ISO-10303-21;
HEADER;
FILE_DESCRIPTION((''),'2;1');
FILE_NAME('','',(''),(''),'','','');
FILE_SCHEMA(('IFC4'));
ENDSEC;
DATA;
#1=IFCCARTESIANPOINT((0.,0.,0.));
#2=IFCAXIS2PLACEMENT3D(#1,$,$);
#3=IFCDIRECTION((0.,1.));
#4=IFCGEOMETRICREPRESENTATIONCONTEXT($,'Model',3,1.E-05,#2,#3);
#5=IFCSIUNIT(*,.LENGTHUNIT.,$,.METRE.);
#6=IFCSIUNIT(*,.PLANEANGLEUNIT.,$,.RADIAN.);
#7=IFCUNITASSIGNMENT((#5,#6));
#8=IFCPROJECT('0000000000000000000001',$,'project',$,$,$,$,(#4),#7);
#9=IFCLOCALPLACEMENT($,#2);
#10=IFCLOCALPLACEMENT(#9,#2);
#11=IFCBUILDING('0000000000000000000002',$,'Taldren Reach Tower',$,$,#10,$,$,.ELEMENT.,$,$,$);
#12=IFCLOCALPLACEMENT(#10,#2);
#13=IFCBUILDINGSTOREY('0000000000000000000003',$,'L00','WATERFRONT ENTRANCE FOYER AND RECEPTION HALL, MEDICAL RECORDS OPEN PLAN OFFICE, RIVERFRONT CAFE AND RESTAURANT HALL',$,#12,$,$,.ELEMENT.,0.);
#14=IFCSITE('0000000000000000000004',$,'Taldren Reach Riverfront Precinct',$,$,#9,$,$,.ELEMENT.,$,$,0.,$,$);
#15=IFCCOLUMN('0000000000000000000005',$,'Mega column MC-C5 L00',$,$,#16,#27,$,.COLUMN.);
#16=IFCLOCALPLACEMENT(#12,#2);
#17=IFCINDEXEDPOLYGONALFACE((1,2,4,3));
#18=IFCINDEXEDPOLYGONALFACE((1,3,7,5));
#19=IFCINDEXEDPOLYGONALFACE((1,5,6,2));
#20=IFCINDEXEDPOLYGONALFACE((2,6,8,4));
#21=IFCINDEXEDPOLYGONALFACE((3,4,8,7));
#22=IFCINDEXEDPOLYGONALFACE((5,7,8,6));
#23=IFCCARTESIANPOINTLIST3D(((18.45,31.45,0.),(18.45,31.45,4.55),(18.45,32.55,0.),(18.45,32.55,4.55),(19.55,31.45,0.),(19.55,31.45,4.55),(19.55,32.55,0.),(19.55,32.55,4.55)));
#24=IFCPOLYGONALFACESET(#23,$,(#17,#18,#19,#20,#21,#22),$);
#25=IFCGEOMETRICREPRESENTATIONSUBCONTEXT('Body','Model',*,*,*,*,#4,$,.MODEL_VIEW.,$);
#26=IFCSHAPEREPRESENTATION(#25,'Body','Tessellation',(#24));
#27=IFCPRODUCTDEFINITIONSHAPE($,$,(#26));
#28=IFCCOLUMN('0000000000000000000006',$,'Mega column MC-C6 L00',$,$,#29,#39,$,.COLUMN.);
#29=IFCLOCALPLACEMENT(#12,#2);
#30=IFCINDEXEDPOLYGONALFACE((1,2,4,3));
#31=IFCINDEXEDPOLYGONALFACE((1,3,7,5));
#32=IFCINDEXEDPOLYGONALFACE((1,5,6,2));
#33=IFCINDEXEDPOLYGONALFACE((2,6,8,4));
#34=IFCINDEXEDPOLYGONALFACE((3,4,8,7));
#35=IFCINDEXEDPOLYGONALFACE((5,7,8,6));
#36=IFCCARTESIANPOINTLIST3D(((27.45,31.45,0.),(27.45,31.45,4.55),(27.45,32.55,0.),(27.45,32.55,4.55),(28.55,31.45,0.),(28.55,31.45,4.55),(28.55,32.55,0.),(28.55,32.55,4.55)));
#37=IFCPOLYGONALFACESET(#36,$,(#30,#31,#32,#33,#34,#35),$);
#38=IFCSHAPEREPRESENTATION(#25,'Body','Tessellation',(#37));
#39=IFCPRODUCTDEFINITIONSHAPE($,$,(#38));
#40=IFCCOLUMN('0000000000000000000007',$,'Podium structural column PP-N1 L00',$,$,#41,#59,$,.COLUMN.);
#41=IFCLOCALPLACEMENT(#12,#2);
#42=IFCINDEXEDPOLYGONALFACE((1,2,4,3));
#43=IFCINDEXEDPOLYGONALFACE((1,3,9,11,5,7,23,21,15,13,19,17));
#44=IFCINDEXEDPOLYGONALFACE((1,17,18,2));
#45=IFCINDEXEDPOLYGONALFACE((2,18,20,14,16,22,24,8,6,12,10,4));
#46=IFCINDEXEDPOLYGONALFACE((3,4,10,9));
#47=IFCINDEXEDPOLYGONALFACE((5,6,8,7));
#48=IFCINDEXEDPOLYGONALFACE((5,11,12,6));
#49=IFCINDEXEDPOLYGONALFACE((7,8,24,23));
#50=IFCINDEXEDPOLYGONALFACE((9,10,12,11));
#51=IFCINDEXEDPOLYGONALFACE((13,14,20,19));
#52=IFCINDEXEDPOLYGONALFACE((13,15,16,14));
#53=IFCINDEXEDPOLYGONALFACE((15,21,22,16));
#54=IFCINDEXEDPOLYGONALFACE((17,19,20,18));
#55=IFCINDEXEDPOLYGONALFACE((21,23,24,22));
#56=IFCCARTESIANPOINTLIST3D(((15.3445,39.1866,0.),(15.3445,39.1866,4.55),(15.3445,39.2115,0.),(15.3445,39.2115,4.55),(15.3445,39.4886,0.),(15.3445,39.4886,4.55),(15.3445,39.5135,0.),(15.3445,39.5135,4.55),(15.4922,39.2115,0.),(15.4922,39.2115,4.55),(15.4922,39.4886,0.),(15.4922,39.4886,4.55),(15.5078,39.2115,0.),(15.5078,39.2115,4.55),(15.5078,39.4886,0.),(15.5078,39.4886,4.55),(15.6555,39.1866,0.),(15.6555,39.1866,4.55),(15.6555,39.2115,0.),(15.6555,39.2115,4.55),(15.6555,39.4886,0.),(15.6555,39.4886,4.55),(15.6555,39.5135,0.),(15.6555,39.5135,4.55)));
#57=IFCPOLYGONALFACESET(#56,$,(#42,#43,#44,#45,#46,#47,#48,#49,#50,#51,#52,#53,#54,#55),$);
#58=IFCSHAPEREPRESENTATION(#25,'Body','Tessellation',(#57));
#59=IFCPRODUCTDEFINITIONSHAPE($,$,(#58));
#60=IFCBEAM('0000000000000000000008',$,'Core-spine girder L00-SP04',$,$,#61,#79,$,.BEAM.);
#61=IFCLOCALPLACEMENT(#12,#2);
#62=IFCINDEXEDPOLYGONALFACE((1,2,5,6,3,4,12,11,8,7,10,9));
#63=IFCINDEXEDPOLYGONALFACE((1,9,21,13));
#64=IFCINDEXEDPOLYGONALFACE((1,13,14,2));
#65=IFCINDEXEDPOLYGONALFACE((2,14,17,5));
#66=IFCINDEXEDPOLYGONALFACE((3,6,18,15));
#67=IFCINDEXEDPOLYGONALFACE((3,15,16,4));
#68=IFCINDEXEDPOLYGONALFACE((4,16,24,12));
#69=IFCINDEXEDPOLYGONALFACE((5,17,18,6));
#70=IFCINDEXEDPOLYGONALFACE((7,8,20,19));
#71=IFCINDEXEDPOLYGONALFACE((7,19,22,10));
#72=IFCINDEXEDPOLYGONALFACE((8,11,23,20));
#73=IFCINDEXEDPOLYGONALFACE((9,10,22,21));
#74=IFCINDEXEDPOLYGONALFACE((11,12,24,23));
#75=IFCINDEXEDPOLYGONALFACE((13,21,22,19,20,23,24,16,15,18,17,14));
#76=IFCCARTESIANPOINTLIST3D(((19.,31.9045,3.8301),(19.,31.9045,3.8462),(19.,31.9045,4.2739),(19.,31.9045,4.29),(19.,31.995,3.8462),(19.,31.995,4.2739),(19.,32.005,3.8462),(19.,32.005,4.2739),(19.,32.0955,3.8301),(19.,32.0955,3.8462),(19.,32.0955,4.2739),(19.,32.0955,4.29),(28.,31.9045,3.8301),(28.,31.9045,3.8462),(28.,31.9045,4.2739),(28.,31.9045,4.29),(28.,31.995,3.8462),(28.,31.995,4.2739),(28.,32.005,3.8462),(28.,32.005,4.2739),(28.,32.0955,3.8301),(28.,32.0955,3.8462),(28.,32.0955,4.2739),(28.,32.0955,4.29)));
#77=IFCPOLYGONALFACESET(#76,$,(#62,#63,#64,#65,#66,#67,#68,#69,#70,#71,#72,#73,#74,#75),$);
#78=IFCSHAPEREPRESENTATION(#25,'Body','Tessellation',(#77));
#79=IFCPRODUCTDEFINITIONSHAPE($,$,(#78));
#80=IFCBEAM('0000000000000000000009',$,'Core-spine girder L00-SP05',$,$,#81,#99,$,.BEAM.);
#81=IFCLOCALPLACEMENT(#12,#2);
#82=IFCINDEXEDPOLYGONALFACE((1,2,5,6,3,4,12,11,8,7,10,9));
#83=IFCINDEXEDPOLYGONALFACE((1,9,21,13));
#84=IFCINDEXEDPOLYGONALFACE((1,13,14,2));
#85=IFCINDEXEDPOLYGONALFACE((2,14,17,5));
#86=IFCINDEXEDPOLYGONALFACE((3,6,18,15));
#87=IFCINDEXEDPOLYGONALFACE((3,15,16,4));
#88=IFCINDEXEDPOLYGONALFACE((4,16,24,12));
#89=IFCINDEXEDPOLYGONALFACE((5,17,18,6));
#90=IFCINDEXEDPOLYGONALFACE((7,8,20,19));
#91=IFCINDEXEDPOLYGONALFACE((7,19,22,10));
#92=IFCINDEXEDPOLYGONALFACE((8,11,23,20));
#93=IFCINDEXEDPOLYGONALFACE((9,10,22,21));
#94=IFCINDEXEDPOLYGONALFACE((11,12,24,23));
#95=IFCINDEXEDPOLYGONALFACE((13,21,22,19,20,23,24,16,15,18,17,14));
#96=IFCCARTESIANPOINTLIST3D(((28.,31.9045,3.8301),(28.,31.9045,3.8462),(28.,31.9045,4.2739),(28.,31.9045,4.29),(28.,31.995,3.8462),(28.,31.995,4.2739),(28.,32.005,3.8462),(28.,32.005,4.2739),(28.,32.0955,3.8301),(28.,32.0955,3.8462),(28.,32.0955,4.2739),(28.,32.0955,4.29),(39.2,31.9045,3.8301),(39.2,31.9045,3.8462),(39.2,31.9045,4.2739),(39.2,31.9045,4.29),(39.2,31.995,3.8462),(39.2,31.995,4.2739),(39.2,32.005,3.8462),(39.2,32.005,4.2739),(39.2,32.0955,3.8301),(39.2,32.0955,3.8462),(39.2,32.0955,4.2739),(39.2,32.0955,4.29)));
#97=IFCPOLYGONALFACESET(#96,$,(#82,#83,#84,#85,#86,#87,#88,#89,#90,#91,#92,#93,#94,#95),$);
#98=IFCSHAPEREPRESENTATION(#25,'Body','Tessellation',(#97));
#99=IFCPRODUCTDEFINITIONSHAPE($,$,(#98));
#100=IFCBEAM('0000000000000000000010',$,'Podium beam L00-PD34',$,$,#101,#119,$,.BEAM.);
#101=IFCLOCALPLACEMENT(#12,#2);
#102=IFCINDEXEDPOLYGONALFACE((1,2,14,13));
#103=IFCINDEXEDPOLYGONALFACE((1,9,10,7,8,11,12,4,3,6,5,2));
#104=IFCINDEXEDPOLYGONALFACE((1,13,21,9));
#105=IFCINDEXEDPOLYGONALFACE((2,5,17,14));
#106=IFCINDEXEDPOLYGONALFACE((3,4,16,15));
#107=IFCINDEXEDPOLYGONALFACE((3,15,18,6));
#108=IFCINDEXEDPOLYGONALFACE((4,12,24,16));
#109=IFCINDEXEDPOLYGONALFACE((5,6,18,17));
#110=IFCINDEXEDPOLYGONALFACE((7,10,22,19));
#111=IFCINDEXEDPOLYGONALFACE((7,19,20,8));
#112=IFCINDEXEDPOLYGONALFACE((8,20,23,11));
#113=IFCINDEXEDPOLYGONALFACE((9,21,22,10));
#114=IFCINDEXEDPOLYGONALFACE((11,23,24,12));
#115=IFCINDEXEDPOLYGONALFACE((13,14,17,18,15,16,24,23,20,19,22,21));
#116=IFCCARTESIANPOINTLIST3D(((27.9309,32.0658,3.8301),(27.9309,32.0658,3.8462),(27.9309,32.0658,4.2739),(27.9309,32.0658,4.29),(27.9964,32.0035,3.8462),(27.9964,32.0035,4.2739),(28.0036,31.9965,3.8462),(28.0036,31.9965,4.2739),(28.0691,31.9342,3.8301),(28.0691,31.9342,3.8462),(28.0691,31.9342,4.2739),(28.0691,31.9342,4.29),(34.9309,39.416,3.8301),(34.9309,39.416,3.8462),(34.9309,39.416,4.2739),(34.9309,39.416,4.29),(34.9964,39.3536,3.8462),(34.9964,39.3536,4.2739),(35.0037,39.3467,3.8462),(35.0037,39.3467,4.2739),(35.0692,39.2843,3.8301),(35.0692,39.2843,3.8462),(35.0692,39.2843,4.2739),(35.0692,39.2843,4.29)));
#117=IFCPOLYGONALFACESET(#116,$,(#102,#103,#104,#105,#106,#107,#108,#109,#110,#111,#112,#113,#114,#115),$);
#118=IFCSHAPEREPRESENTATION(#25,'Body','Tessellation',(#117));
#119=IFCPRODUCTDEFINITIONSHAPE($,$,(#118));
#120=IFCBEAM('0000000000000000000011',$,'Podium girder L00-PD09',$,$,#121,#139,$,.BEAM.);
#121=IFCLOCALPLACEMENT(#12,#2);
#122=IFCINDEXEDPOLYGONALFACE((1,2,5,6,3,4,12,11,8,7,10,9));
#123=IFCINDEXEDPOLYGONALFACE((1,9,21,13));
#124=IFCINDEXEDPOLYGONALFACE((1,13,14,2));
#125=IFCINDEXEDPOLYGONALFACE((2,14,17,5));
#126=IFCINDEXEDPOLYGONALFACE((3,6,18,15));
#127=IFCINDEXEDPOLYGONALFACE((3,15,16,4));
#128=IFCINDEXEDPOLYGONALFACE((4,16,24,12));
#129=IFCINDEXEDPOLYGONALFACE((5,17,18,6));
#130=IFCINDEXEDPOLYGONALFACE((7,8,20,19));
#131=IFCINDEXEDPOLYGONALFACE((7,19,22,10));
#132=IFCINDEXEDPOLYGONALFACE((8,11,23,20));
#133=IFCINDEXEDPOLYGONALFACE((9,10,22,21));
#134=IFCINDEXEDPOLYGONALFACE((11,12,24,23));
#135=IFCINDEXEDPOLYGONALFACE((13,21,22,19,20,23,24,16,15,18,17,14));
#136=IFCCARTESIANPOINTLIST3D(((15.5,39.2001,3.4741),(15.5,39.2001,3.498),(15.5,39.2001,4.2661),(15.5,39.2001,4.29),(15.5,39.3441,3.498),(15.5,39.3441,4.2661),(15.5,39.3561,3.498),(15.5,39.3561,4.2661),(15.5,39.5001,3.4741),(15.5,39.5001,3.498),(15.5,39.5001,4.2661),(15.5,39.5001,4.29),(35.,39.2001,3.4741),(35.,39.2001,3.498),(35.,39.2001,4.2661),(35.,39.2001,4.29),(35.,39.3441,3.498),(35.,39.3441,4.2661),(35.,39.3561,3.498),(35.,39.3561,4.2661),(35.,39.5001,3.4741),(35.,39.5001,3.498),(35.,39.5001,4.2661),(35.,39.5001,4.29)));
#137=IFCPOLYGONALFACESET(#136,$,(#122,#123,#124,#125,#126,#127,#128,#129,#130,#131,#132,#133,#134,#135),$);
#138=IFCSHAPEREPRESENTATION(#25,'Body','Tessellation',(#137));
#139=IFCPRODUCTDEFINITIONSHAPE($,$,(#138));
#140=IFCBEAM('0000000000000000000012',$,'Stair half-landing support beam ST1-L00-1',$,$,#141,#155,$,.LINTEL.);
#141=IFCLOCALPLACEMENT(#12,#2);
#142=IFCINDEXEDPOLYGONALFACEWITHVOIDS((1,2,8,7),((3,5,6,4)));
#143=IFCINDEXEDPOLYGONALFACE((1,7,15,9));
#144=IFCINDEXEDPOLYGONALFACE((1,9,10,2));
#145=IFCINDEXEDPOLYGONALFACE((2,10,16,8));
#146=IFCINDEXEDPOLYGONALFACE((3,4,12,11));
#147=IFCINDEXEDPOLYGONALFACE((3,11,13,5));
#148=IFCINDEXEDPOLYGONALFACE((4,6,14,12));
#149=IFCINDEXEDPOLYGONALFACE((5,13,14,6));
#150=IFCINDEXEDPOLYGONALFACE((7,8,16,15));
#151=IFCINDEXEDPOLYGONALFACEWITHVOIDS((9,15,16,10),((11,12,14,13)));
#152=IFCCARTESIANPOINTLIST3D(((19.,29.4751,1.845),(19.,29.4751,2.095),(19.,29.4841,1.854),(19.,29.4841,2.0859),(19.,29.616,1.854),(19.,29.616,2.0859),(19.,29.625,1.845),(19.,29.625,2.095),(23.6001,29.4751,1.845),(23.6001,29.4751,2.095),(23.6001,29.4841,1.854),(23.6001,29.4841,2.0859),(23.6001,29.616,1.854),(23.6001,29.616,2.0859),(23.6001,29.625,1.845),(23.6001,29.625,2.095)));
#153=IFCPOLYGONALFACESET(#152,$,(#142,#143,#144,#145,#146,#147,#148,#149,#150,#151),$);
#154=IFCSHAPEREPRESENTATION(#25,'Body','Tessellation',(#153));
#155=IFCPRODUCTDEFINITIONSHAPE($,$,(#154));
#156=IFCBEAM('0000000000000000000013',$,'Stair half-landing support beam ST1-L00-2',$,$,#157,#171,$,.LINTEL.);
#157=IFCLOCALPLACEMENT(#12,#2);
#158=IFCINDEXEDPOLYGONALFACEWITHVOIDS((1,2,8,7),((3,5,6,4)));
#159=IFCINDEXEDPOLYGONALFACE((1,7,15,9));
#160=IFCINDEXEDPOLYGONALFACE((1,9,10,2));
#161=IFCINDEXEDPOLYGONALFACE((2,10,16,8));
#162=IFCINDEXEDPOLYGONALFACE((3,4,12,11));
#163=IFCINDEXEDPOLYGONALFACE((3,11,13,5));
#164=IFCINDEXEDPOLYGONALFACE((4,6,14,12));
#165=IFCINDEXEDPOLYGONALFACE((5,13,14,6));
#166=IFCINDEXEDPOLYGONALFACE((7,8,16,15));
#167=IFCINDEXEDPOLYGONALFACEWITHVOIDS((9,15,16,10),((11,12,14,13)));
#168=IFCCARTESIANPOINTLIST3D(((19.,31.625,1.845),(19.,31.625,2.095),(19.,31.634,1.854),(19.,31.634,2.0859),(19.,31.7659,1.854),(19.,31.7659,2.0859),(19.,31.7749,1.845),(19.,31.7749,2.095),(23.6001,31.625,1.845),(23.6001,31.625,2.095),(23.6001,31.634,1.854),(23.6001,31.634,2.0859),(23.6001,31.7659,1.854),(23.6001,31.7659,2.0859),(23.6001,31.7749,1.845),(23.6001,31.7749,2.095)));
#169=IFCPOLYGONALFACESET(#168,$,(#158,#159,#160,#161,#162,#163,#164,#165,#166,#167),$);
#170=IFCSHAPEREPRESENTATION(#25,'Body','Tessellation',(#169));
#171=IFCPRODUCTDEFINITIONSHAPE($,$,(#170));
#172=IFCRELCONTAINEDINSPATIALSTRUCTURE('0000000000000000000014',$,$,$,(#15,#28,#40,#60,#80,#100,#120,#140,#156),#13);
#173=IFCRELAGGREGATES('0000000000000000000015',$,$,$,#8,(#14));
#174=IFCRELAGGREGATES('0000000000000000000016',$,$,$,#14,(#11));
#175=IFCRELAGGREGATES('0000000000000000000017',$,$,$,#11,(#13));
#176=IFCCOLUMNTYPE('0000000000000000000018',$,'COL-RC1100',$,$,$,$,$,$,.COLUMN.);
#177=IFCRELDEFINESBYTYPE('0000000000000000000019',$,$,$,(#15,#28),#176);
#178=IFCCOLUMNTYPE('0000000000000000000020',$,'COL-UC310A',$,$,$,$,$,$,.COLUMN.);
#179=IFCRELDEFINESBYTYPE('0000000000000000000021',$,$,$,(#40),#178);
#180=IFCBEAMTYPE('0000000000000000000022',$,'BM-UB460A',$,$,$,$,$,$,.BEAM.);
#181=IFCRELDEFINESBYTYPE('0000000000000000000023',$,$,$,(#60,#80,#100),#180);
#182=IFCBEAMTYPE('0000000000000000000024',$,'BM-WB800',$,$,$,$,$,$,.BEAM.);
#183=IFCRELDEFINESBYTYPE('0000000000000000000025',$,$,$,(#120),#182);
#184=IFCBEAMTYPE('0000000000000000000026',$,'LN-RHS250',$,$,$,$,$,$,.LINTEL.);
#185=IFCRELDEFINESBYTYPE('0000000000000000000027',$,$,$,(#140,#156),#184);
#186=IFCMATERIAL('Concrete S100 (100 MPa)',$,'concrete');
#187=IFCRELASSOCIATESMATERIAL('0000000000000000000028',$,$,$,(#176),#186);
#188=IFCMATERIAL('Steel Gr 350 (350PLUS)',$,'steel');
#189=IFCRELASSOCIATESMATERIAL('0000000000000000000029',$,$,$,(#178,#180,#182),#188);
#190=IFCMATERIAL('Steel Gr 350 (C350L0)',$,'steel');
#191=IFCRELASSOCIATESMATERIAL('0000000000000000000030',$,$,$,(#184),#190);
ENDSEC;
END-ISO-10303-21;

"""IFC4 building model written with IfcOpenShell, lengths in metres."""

from ifc_helpers import new_model, si_unit, direction, frame, origin, origin_2d, place, context, subcontext, project, spatial, rectangle, hollow_rectangle, i_section, extrude, source, transform, mapped, material, material_profile, profile_set, type_object, element, save


model = new_model("IFC4")

# Units and contexts
model_context = context("Model", 3, precision=1e-05, world=origin(), true_north=direction((0.0, 1.0)))
body_context = subcontext(model_context, "Body", "Model", "MODEL_VIEW")
ifc_project = project(units=[si_unit("LENGTHUNIT", "METRE"), si_unit("PLANEANGLEUNIT", "RADIAN")], contexts=[model_context])

# Site, building, storey
site_placement = place(None, origin())
site = spatial("IfcSite", under=ifc_project, at=site_placement, Name="Taldren Reach Riverfront Precinct", CompositionType="ELEMENT", RefElevation=0.0)
building_placement = place(site_placement, origin())
building = spatial("IfcBuilding", under=site, at=building_placement, Name="Taldren Reach Tower", CompositionType="ELEMENT")
storey_placement = place(building_placement, origin())
storey = spatial("IfcBuildingStorey", under=building, at=storey_placement, Name="L00", Description="WATERFRONT ENTRANCE FOYER AND RECEPTION HALL, MEDICAL RECORDS OPEN PLAN OFFICE, RIVERFRONT CAFE AND RESTAURANT HALL", CompositionType="ELEMENT", Elevation=0.0)

# Columns
ifc_material_1 = material(Name="Concrete S100 (100 MPa)", Category="concrete")
ifc_material_profile_1 = material_profile(ifc_material_1, rectangle(XDim=1.1001, YDim=1.1001, at=origin_2d()), Name="RC-1100x1100")
ifc_profile_set_1 = profile_set([ifc_material_profile_1], Name="Concrete S100 (100 MPa)")
column_type_1 = type_object("IfcColumnType", Name="COL-RC1100", PredefinedType="COLUMN", material=ifc_profile_set_1)
shared_shape_1 = source(origin(), body_context, "Body", "SweptSolid", [
    extrude(rectangle(XDim=1.1001, YDim=1.1001, at=origin_2d()), origin(), (0.0, 0.0, 1.0), 4.55),
])
for number, where, z_axis, x_axis, name in (
    (1, (19.0, 32.0, 0.0), (0.0, 0.0, 1.0), (1.0, 0.0, 0.0), "Mega column MC-C5 L00"),
    (2, (28.0, 32.0, 0.0), (0.0, 0.0, 1.0), (1.0, 0.0, 0.0), "Mega column MC-C6 L00"),
):
    element("IfcColumn", number, at=place(storey_placement, frame(where, z_axis=z_axis, x_axis=x_axis)), inside=storey, type_object=column_type_1, Name=name, PredefinedType="COLUMN", context=body_context, shape_type="MappedRepresentation", body=[
        mapped(shared_shape_1, transform((0.0, 0.0, 0.0), scale=1.0)),
    ])
ifc_material_2 = material(Name="Steel Gr 350 (350PLUS)", Category="steel")
ifc_material_profile_2 = material_profile(ifc_material_2, i_section(OverallWidth=0.311, OverallDepth=0.3269, WebThickness=0.0156, FlangeThickness=0.0249, at=origin_2d()), Name="310UC158")
ifc_profile_set_2 = profile_set([ifc_material_profile_2], Name="Steel Gr 350 (350PLUS)")
column_type_2 = type_object("IfcColumnType", Name="COL-UC310A", PredefinedType="COLUMN", material=ifc_profile_set_2)
shared_shape_2 = source(origin(), body_context, "Body", "SweptSolid", [
    extrude(i_section(OverallWidth=0.311, OverallDepth=0.3269, WebThickness=0.0156, FlangeThickness=0.0249, at=origin_2d()), origin(), (0.0, 0.0, 1.0), 4.55),
])
column_placement = place(storey_placement, frame((15.5, 39.3501, 0.0), z_axis=(0.0, 0.0, 1.0), x_axis=(1.0, 0.0, 0.0)))
element("IfcColumn", 3, at=column_placement, inside=storey, type_object=column_type_2, Name="Podium structural column PP-N1 L00", PredefinedType="COLUMN", context=body_context, shape_type="MappedRepresentation", body=[
    mapped(shared_shape_2, transform((0.0, 0.0, 0.0), scale=1.0)),
])

# Beams
ifc_material_profile_3 = material_profile(ifc_material_2, i_section(OverallWidth=0.1909, OverallDepth=0.46, WebThickness=0.01, FlangeThickness=0.0161, at=origin_2d()), Name="460UB82.1")
ifc_profile_set_3 = profile_set([ifc_material_profile_3], Name="Steel Gr 350 (350PLUS)")
beam_type_1 = type_object("IfcBeamType", Name="BM-UB460A", PredefinedType="BEAM", material=ifc_profile_set_3)
shared_shape_3 = source(origin(), body_context, "Body", "SweptSolid", [
    extrude(i_section(OverallWidth=0.1909, OverallDepth=0.46, WebThickness=0.01, FlangeThickness=0.0161, at=origin_2d()), origin(), (0.0, 0.0, 1.0), 9.0),
])
beam_1_placement = place(storey_placement, frame((19.0, 32.0, 4.0601), z_axis=(1.0, 0.0, 0.0), x_axis=(0.0, 1.0, 0.0)))
element("IfcBeam", 4, at=beam_1_placement, inside=storey, type_object=beam_type_1, Name="Core-spine girder L00-SP04", PredefinedType="BEAM", context=body_context, shape_type="MappedRepresentation", body=[
    mapped(shared_shape_3, transform((0.0, 0.0, 0.0), scale=1.0)),
])
shared_shape_4 = source(origin(), body_context, "Body", "SweptSolid", [
    extrude(i_section(OverallWidth=0.1909, OverallDepth=0.46, WebThickness=0.01, FlangeThickness=0.0161, at=origin_2d()), origin(), (0.0, 0.0, 1.0), 11.2),
])
beam_2_placement = place(storey_placement, frame((28.0, 32.0, 4.0601), z_axis=(1.0, 0.0, 0.0), x_axis=(0.0, 1.0, 0.0)))
element("IfcBeam", 5, at=beam_2_placement, inside=storey, type_object=beam_type_1, Name="Core-spine girder L00-SP05", PredefinedType="BEAM", context=body_context, shape_type="MappedRepresentation", body=[
    mapped(shared_shape_4, transform((0.0, 0.0, 0.0), scale=1.0)),
])
shared_shape_5 = source(origin(), body_context, "Body", "SweptSolid", [
    extrude(i_section(OverallWidth=0.1909, OverallDepth=0.46, WebThickness=0.01, FlangeThickness=0.0161, at=origin_2d()), origin(), (0.0, 0.0, 1.0), 10.1501),
])
beam_3_placement = place(storey_placement, frame((28.0, 32.0, 4.0601), z_axis=(0.68965, 0.724143, 0.0), x_axis=(-0.724143, 0.68965, 0.0)))
element("IfcBeam", 6, at=beam_3_placement, inside=storey, type_object=beam_type_1, Name="Podium beam L00-PD34", PredefinedType="BEAM", context=body_context, shape_type="MappedRepresentation", body=[
    mapped(shared_shape_5, transform((0.0, 0.0, 0.0), scale=1.0)),
])
ifc_material_profile_4 = material_profile(ifc_material_2, i_section(OverallWidth=0.3, OverallDepth=0.8159, WebThickness=0.012, FlangeThickness=0.0239, at=origin_2d()), Name="800WB192")
ifc_profile_set_4 = profile_set([ifc_material_profile_4], Name="Steel Gr 350 (350PLUS)")
beam_type_2 = type_object("IfcBeamType", Name="BM-WB800", PredefinedType="BEAM", material=ifc_profile_set_4)
shared_shape_6 = source(origin(), body_context, "Body", "SweptSolid", [
    extrude(i_section(OverallWidth=0.3, OverallDepth=0.8159, WebThickness=0.012, FlangeThickness=0.0239, at=origin_2d()), origin(), (0.0, 0.0, 1.0), 19.5),
])
beam_4_placement = place(storey_placement, frame((15.5, 39.3501, 3.8821), z_axis=(1.0, 0.0, 0.0), x_axis=(0.0, 1.0, 0.0)))
element("IfcBeam", 7, at=beam_4_placement, inside=storey, type_object=beam_type_2, Name="Podium girder L00-PD09", PredefinedType="BEAM", context=body_context, shape_type="MappedRepresentation", body=[
    mapped(shared_shape_6, transform((0.0, 0.0, 0.0), scale=1.0)),
])
ifc_material_3 = material(Name="Steel Gr 350 (C350L0)", Category="steel")
ifc_material_profile_5 = material_profile(ifc_material_3, hollow_rectangle(XDim=0.1499, YDim=0.25, WallThickness=0.009, at=origin_2d()), Name="250x150x9.0RHS")
ifc_profile_set_5 = profile_set([ifc_material_profile_5], Name="Steel Gr 350 (C350L0)")
beam_type_3 = type_object("IfcBeamType", Name="LN-RHS250", PredefinedType="LINTEL", material=ifc_profile_set_5)
shared_shape_7 = source(origin(), body_context, "Body", "SweptSolid", [
    extrude(hollow_rectangle(XDim=0.1499, YDim=0.25, WallThickness=0.009, at=origin_2d()), origin(), (0.0, 0.0, 1.0), 4.6001),
])
for number, where, z_axis, x_axis, name in (
    (8, (19.0, 29.55, 1.97), (1.0, 0.0, 0.0), (0.0, 1.0, 0.0), "Stair half-landing support beam ST1-L00-1"),
    (9, (19.0, 31.7, 1.97), (1.0, 0.0, 0.0), (0.0, 1.0, 0.0), "Stair half-landing support beam ST1-L00-2"),
):
    element("IfcBeam", number, at=place(storey_placement, frame(where, z_axis=z_axis, x_axis=x_axis)), inside=storey, type_object=beam_type_3, Name=name, PredefinedType="LINTEL", context=body_context, shape_type="MappedRepresentation", body=[
        mapped(shared_shape_7, transform((0.0, 0.0, 0.0), scale=1.0)),
    ])

save(model, "model.ifc")
